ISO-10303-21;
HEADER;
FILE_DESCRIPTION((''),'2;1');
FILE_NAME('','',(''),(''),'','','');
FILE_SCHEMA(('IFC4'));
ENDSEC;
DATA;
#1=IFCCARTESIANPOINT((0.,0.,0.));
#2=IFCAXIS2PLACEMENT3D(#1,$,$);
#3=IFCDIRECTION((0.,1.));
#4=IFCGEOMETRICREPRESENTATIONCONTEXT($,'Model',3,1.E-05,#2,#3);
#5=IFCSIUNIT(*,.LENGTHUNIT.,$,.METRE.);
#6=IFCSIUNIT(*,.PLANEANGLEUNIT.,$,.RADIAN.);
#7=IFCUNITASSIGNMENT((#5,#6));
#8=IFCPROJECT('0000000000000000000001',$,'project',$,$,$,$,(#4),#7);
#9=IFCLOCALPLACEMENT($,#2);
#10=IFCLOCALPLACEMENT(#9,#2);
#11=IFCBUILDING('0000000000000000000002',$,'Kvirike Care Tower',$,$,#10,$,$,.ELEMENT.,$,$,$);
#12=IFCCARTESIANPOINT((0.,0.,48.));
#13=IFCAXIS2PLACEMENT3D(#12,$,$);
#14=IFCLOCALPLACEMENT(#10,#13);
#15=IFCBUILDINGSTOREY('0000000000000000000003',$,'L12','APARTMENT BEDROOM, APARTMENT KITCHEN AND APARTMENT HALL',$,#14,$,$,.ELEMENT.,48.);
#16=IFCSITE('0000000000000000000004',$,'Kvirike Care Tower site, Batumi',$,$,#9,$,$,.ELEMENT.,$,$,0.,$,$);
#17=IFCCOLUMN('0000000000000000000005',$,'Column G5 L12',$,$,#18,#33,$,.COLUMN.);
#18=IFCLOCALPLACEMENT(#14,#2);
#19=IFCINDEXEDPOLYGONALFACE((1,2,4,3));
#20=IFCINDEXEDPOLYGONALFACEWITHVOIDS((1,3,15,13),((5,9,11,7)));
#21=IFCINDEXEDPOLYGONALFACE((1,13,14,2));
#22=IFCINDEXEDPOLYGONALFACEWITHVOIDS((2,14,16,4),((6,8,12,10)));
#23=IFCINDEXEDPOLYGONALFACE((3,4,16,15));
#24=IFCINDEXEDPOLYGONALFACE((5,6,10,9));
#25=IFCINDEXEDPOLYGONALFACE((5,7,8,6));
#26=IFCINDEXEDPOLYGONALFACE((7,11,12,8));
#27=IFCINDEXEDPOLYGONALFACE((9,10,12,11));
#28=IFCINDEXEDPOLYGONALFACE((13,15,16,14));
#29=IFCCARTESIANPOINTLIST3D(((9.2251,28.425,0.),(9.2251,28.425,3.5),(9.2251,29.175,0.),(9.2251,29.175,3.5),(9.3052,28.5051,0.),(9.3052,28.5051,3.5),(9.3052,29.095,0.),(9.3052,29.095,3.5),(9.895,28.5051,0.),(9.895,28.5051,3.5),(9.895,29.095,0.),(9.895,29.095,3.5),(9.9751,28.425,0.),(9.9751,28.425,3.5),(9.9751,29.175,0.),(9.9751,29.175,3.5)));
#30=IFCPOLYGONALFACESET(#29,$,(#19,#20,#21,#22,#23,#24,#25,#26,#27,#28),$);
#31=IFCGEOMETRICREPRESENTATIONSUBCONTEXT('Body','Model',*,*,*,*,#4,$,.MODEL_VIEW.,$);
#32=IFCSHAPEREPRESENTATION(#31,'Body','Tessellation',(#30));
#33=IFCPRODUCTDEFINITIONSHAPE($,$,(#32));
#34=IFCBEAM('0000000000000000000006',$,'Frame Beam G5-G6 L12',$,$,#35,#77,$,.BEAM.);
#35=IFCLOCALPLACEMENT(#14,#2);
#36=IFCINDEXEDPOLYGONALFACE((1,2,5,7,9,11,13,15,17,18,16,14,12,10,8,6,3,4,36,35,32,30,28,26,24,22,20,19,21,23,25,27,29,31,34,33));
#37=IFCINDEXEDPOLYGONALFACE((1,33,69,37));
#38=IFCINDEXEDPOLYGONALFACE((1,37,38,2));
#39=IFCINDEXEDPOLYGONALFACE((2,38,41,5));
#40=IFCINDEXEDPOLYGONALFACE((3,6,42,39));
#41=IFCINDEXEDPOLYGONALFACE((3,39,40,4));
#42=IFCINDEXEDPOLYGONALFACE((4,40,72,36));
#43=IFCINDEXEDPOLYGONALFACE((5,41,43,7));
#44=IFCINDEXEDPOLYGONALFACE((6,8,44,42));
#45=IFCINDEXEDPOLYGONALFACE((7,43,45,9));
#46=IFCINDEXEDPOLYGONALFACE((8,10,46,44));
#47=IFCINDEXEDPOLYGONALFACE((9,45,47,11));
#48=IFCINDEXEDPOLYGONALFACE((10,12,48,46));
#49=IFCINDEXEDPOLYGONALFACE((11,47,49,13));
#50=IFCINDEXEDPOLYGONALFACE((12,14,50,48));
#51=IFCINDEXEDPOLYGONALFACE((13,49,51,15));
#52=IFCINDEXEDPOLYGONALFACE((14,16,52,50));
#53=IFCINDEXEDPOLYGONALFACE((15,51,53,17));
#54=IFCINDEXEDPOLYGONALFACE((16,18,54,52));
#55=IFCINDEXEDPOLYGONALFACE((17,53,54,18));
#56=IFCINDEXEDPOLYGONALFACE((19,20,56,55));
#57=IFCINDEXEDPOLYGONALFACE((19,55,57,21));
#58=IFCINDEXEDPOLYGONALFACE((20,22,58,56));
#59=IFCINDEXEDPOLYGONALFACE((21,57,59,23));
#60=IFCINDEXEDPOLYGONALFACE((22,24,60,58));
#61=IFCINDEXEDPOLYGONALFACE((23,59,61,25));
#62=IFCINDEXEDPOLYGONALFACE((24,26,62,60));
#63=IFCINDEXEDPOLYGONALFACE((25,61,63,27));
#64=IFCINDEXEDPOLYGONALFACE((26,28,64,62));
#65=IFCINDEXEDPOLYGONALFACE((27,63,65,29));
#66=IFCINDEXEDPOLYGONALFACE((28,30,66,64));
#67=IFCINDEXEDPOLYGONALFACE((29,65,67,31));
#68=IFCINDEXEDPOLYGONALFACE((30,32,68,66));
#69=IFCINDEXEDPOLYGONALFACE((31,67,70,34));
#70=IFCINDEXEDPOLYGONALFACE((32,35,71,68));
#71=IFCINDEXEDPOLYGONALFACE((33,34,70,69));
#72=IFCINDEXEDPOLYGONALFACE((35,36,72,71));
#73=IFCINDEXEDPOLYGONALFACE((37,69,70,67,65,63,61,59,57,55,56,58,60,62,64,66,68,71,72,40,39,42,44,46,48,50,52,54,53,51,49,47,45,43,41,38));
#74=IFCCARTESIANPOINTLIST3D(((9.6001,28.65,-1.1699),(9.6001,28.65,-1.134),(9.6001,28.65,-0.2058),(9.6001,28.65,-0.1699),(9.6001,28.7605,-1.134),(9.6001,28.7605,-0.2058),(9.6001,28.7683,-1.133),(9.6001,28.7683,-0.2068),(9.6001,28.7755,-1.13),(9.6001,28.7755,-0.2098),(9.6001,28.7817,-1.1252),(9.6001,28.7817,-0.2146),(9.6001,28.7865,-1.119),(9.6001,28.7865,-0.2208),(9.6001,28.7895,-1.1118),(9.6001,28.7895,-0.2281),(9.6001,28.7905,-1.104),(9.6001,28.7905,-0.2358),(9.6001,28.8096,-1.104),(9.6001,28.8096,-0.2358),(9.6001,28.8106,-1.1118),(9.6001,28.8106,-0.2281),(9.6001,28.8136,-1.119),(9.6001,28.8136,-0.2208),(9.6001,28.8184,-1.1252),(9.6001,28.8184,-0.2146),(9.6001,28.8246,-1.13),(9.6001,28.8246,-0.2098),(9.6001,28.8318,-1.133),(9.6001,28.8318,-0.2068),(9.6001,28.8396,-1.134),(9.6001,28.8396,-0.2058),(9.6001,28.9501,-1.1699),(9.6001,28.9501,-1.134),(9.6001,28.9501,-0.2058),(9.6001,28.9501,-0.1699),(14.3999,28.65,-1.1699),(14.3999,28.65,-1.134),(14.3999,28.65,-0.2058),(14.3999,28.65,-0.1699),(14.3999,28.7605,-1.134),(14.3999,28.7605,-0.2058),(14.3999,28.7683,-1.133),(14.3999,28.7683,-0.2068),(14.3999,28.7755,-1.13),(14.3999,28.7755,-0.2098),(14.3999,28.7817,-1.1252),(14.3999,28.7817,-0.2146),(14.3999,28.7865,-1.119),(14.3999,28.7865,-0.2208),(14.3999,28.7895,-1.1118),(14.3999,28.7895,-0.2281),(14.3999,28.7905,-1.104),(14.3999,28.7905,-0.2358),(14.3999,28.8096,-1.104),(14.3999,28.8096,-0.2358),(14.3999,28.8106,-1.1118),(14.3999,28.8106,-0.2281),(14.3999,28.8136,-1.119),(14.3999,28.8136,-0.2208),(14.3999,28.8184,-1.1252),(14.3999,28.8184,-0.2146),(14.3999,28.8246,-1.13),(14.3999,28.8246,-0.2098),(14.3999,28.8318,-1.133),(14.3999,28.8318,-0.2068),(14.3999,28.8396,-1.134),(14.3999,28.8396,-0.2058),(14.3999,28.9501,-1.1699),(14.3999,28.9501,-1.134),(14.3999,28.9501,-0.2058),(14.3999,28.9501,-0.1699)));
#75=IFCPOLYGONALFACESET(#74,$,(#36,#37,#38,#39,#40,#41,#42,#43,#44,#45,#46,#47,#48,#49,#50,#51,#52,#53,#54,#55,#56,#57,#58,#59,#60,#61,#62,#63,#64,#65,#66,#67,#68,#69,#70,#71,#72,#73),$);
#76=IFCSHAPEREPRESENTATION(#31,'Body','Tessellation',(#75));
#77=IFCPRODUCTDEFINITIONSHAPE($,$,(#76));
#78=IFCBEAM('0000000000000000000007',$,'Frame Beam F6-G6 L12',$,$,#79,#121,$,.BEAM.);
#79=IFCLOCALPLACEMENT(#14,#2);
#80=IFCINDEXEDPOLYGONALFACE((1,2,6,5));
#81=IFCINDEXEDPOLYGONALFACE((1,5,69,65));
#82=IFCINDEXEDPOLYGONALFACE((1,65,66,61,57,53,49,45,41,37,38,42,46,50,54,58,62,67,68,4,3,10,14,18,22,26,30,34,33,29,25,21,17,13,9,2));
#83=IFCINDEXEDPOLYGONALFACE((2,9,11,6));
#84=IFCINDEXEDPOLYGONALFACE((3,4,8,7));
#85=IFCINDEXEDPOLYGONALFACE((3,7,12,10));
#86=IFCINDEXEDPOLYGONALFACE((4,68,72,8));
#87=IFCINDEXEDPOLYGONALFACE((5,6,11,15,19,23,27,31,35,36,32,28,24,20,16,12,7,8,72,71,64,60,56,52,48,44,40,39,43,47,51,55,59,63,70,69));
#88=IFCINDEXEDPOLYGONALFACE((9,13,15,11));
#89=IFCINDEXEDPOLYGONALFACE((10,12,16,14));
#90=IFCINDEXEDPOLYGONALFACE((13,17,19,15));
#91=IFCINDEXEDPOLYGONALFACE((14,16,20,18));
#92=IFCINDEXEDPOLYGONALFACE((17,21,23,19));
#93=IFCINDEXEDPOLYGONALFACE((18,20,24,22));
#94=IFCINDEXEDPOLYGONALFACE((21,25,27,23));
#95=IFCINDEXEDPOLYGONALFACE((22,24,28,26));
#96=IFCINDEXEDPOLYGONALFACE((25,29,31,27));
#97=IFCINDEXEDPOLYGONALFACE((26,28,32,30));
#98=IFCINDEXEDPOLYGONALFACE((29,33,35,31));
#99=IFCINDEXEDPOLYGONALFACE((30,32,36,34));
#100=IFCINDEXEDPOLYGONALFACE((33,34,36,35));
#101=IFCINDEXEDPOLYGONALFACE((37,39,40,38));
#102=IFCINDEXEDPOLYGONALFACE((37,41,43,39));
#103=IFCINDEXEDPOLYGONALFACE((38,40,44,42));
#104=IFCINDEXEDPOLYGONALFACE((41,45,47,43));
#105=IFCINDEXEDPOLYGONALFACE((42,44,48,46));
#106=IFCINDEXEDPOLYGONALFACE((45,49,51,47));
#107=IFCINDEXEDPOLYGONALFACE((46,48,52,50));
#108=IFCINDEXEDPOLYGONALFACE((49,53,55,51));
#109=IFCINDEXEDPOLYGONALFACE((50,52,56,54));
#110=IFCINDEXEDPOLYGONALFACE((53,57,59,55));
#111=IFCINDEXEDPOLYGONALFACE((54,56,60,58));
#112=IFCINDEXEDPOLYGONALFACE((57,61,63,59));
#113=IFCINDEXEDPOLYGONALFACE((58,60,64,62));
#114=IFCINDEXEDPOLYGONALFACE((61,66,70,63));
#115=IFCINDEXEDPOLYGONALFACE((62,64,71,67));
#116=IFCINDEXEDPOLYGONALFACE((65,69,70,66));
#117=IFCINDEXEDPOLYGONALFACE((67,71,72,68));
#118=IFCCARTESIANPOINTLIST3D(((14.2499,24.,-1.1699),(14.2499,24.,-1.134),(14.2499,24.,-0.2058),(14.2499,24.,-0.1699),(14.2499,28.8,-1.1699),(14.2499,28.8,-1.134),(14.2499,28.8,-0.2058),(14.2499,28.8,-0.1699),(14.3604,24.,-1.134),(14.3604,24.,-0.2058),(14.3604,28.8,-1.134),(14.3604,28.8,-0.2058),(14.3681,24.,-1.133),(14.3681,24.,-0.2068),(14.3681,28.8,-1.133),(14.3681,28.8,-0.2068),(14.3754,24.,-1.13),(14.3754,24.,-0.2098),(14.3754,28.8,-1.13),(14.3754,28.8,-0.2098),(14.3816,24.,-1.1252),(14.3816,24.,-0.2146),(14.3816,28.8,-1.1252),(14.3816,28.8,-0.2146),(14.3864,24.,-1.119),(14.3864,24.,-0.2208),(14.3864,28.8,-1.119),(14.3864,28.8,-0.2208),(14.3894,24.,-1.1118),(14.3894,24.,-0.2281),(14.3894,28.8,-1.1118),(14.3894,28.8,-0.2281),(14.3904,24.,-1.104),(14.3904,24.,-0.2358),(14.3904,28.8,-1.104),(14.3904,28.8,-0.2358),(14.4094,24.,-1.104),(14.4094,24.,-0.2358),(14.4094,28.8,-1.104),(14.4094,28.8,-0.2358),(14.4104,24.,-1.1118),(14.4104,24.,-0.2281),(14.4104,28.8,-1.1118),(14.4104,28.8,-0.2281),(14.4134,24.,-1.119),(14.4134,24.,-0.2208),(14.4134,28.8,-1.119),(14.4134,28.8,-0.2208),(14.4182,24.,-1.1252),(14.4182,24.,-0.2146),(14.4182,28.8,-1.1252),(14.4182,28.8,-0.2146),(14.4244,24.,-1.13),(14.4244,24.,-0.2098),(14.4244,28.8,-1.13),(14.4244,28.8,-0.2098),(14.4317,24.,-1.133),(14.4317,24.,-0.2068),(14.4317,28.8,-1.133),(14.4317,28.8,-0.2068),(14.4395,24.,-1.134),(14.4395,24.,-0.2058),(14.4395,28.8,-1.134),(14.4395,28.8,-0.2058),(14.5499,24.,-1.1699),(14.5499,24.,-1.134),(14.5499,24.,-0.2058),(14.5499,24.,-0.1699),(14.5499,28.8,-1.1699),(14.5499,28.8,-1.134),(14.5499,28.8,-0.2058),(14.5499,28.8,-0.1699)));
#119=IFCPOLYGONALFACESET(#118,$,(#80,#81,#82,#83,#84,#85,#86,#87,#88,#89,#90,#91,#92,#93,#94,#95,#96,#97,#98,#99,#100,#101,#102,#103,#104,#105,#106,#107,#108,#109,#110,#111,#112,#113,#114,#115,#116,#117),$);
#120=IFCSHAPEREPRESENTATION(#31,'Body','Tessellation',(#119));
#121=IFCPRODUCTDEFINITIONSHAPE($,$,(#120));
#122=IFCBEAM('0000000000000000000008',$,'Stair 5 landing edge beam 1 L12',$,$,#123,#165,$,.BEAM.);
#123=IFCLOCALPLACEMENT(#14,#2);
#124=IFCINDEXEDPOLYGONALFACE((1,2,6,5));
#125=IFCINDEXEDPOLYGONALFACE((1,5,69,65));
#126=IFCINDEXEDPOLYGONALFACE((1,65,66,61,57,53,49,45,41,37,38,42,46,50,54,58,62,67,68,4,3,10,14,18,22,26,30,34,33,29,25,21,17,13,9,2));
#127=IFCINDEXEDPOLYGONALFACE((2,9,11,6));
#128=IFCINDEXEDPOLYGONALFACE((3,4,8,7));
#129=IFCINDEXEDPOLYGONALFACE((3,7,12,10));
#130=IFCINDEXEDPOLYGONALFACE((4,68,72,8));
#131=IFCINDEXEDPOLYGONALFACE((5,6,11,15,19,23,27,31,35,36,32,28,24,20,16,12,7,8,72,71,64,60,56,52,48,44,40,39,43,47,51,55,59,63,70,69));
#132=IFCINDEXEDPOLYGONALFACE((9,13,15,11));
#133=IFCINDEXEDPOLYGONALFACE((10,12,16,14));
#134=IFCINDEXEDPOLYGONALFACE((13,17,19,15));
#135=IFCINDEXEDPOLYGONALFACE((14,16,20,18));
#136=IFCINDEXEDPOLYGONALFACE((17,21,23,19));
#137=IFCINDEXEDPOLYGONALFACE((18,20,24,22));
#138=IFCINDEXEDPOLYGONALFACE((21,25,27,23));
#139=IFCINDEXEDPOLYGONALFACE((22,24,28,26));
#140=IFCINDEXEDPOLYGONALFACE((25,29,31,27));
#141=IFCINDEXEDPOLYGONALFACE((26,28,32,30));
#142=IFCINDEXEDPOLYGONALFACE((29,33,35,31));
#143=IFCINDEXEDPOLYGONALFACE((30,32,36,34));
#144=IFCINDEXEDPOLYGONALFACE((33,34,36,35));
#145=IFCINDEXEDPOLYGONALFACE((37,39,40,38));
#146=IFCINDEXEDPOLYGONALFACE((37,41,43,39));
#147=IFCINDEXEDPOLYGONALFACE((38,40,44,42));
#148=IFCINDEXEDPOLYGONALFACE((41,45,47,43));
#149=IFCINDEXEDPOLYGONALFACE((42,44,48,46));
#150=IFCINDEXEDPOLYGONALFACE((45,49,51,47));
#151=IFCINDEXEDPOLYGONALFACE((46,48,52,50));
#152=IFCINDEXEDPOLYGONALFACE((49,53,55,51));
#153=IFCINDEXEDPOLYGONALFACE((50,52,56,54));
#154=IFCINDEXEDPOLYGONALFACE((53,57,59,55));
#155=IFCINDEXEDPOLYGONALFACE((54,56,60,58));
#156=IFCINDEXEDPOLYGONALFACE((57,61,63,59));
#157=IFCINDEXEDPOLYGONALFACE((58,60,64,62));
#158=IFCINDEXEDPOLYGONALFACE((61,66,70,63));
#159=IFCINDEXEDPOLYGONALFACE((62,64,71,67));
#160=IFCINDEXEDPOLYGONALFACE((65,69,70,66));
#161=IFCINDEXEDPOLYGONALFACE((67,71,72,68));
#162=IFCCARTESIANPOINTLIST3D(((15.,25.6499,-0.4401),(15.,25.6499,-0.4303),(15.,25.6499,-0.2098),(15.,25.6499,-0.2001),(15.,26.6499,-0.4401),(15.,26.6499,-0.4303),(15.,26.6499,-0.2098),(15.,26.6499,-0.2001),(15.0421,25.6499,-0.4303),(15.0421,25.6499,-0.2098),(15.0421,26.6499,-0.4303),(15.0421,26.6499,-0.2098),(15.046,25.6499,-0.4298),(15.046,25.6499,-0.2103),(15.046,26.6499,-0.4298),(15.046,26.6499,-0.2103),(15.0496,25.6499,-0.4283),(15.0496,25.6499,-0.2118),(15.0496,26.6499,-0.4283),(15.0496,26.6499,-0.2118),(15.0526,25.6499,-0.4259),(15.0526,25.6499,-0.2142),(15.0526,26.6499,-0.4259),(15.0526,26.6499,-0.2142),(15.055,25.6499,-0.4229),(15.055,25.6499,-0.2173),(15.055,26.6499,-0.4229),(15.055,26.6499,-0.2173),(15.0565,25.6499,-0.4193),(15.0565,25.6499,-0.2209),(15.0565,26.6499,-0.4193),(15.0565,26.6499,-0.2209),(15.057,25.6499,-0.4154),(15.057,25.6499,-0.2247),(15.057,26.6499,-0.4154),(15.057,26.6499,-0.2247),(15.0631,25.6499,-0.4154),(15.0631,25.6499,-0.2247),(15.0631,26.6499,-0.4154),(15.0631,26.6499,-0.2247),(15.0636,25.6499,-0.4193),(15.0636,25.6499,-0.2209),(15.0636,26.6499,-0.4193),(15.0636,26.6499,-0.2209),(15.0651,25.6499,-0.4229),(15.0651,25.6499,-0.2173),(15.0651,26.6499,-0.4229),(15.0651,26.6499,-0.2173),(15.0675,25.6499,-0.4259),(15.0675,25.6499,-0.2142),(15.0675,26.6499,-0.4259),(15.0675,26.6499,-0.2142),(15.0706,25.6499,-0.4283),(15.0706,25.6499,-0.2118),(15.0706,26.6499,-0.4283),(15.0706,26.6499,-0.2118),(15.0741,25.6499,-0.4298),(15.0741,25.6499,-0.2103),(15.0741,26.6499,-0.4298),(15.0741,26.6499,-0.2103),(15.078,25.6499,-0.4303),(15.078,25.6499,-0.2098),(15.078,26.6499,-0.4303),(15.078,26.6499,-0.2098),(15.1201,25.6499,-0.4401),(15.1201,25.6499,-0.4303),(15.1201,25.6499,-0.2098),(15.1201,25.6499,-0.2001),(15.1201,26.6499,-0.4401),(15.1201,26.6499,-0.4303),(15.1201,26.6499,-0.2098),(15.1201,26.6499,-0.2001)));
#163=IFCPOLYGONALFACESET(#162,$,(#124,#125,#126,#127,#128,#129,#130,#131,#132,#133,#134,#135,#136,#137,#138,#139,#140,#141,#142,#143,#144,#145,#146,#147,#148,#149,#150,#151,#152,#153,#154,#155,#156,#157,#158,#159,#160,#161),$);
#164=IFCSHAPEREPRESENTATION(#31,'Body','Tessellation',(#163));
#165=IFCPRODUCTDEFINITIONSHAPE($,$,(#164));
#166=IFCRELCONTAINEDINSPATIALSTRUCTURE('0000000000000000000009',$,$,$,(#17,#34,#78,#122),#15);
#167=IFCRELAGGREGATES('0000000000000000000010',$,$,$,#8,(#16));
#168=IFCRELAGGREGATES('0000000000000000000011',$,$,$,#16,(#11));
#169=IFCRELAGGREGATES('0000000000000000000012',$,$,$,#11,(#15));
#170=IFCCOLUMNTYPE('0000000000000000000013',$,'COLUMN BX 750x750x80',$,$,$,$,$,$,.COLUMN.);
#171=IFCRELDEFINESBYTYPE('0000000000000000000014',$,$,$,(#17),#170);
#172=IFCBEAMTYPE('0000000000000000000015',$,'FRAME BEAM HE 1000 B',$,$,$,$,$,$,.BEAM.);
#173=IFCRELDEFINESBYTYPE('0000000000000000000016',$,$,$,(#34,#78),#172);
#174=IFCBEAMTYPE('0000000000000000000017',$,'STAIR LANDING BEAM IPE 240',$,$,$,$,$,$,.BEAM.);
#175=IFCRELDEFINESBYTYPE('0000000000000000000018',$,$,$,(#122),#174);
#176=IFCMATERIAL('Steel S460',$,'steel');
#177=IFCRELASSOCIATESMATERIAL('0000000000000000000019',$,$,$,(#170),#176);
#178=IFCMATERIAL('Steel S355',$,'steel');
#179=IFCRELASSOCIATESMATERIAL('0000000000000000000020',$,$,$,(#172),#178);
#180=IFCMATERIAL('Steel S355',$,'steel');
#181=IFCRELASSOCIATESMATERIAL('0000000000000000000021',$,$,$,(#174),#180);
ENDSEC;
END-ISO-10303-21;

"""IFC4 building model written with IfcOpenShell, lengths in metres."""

from ifc_helpers import new_model, si_unit, direction, frame, origin, origin_2d, place, context, subcontext, project, spatial, hollow_rectangle, i_section, extrude, material, material_profile, profile_set, type_object, element, save


model = new_model("IFC4")

# Units and contexts
model_context = context("Model", 3, precision=1e-05, world=origin(), true_north=direction((0.0, 1.0)))
body_context = subcontext(model_context, "Body", "Model", "MODEL_VIEW")
ifc_project = project(units=[si_unit("LENGTHUNIT", "METRE"), si_unit("PLANEANGLEUNIT", "RADIAN")], contexts=[model_context])

# Site, building, storey
site_placement = place(None, origin())
site = spatial("IfcSite", under=ifc_project, at=site_placement, Name="Kvirike Care Tower site, Batumi", CompositionType="ELEMENT", RefElevation=0.0)
building_placement = place(site_placement, origin())
building = spatial("IfcBuilding", under=site, at=building_placement, Name="Kvirike Care Tower", CompositionType="ELEMENT")
storey_placement = place(building_placement, frame((0.0, 0.0, 48.0)))
storey = spatial("IfcBuildingStorey", under=building, at=storey_placement, Name="L12", Description="APARTMENT BEDROOM, APARTMENT KITCHEN AND APARTMENT HALL", CompositionType="ELEMENT", Elevation=48.0)

# Column
ifc_material_1 = material(Name="Steel S460", Category="steel")
ifc_material_profile_1 = material_profile(ifc_material_1, hollow_rectangle(XDim=0.75, YDim=0.75, WallThickness=0.0801, at=origin_2d()), Name="BX 750x750x80")
ifc_profile_set_1 = profile_set([ifc_material_profile_1], Name="Steel S460")
column_type = type_object("IfcColumnType", Name="COLUMN BX 750x750x80", PredefinedType="COLUMN", material=ifc_profile_set_1)
column_placement = place(storey_placement, frame((9.6001, 28.8, 0.0), z_axis=(0.0, 0.0, 1.0), x_axis=(0.0, 1.0, 0.0)))
element("IfcColumn", 1, at=column_placement, inside=storey, type_object=column_type, Name="Column G5 L12", PredefinedType="COLUMN", context=body_context, shape_type="SweptSolid", body=[
    extrude(hollow_rectangle(XDim=0.75, YDim=0.75, WallThickness=0.0801, at=origin_2d()), origin(), (0.0, 0.0, 1.0), 3.5),
])

# Beams
ifc_material_2 = material(Name="Steel S355", Category="steel")
ifc_material_profile_2 = material_profile(ifc_material_2, i_section(OverallWidth=0.3, OverallDepth=1.0, WebThickness=0.019, FlangeThickness=0.0359, FilletRadius=0.03, at=origin_2d()), Name="HE 1000 B")
ifc_profile_set_2 = profile_set([ifc_material_profile_2], Name="Steel S355")
beam_type_1 = type_object("IfcBeamType", Name="FRAME BEAM HE 1000 B", PredefinedType="BEAM", material=ifc_profile_set_2)
beam_1_placement = place(storey_placement, frame((9.6001, 28.8, -0.6699), z_axis=(1.0, 0.0, 0.0), x_axis=(0.0, 1.0, 0.0)))
element("IfcBeam", 2, at=beam_1_placement, inside=storey, type_object=beam_type_1, Name="Frame Beam G5-G6 L12", PredefinedType="BEAM", context=body_context, shape_type="SweptSolid", body=[
    extrude(i_section(OverallWidth=0.3, OverallDepth=1.0, WebThickness=0.019, FlangeThickness=0.0359, FilletRadius=0.03, at=origin_2d()), origin(), (0.0, 0.0, 1.0), 4.7998),
])
beam_2_placement = place(storey_placement, frame((14.3999, 24.0, -0.6699), z_axis=(0.0, 1.0, 0.0), x_axis=(-1.0, 0.0, 0.0)))
element("IfcBeam", 3, at=beam_2_placement, inside=storey, type_object=beam_type_1, Name="Frame Beam F6-G6 L12", PredefinedType="BEAM", context=body_context, shape_type="SweptSolid", body=[
    extrude(i_section(OverallWidth=0.3, OverallDepth=1.0, WebThickness=0.019, FlangeThickness=0.0359, FilletRadius=0.03, at=origin_2d()), origin(), (0.0, 0.0, 1.0), 4.8),
])
ifc_material_3 = material(Name="Steel S355", Category="steel")
ifc_material_profile_3 = material_profile(ifc_material_3, i_section(OverallWidth=0.1201, OverallDepth=0.24, WebThickness=0.0061, FlangeThickness=0.0098, FilletRadius=0.0149, at=origin_2d()), Name="IPE 240")
ifc_profile_set_3 = profile_set([ifc_material_profile_3], Name="Steel S355")
beam_type_2 = type_object("IfcBeamType", Name="STAIR LANDING BEAM IPE 240", PredefinedType="BEAM", material=ifc_profile_set_3)
for number, where, z_axis, x_axis, name in (
    (4, (15.0601, 25.6499, -0.3201), (0.0, 1.0, 0.0), (-1.0, 0.0, 0.0), "Stair 5 landing edge beam 1 L12"),
):
    element("IfcBeam", number, at=place(storey_placement, frame(where, z_axis=z_axis, x_axis=x_axis)), inside=storey, type_object=beam_type_2, Name=name, PredefinedType="BEAM", context=body_context, shape_type="SweptSolid", body=[
        extrude(i_section(OverallWidth=0.1201, OverallDepth=0.24, WebThickness=0.0061, FlangeThickness=0.0098, FilletRadius=0.0149, at=origin_2d()), origin(), (0.0, 0.0, 1.0), 1.0),
    ])

save(model, "model.ifc")
